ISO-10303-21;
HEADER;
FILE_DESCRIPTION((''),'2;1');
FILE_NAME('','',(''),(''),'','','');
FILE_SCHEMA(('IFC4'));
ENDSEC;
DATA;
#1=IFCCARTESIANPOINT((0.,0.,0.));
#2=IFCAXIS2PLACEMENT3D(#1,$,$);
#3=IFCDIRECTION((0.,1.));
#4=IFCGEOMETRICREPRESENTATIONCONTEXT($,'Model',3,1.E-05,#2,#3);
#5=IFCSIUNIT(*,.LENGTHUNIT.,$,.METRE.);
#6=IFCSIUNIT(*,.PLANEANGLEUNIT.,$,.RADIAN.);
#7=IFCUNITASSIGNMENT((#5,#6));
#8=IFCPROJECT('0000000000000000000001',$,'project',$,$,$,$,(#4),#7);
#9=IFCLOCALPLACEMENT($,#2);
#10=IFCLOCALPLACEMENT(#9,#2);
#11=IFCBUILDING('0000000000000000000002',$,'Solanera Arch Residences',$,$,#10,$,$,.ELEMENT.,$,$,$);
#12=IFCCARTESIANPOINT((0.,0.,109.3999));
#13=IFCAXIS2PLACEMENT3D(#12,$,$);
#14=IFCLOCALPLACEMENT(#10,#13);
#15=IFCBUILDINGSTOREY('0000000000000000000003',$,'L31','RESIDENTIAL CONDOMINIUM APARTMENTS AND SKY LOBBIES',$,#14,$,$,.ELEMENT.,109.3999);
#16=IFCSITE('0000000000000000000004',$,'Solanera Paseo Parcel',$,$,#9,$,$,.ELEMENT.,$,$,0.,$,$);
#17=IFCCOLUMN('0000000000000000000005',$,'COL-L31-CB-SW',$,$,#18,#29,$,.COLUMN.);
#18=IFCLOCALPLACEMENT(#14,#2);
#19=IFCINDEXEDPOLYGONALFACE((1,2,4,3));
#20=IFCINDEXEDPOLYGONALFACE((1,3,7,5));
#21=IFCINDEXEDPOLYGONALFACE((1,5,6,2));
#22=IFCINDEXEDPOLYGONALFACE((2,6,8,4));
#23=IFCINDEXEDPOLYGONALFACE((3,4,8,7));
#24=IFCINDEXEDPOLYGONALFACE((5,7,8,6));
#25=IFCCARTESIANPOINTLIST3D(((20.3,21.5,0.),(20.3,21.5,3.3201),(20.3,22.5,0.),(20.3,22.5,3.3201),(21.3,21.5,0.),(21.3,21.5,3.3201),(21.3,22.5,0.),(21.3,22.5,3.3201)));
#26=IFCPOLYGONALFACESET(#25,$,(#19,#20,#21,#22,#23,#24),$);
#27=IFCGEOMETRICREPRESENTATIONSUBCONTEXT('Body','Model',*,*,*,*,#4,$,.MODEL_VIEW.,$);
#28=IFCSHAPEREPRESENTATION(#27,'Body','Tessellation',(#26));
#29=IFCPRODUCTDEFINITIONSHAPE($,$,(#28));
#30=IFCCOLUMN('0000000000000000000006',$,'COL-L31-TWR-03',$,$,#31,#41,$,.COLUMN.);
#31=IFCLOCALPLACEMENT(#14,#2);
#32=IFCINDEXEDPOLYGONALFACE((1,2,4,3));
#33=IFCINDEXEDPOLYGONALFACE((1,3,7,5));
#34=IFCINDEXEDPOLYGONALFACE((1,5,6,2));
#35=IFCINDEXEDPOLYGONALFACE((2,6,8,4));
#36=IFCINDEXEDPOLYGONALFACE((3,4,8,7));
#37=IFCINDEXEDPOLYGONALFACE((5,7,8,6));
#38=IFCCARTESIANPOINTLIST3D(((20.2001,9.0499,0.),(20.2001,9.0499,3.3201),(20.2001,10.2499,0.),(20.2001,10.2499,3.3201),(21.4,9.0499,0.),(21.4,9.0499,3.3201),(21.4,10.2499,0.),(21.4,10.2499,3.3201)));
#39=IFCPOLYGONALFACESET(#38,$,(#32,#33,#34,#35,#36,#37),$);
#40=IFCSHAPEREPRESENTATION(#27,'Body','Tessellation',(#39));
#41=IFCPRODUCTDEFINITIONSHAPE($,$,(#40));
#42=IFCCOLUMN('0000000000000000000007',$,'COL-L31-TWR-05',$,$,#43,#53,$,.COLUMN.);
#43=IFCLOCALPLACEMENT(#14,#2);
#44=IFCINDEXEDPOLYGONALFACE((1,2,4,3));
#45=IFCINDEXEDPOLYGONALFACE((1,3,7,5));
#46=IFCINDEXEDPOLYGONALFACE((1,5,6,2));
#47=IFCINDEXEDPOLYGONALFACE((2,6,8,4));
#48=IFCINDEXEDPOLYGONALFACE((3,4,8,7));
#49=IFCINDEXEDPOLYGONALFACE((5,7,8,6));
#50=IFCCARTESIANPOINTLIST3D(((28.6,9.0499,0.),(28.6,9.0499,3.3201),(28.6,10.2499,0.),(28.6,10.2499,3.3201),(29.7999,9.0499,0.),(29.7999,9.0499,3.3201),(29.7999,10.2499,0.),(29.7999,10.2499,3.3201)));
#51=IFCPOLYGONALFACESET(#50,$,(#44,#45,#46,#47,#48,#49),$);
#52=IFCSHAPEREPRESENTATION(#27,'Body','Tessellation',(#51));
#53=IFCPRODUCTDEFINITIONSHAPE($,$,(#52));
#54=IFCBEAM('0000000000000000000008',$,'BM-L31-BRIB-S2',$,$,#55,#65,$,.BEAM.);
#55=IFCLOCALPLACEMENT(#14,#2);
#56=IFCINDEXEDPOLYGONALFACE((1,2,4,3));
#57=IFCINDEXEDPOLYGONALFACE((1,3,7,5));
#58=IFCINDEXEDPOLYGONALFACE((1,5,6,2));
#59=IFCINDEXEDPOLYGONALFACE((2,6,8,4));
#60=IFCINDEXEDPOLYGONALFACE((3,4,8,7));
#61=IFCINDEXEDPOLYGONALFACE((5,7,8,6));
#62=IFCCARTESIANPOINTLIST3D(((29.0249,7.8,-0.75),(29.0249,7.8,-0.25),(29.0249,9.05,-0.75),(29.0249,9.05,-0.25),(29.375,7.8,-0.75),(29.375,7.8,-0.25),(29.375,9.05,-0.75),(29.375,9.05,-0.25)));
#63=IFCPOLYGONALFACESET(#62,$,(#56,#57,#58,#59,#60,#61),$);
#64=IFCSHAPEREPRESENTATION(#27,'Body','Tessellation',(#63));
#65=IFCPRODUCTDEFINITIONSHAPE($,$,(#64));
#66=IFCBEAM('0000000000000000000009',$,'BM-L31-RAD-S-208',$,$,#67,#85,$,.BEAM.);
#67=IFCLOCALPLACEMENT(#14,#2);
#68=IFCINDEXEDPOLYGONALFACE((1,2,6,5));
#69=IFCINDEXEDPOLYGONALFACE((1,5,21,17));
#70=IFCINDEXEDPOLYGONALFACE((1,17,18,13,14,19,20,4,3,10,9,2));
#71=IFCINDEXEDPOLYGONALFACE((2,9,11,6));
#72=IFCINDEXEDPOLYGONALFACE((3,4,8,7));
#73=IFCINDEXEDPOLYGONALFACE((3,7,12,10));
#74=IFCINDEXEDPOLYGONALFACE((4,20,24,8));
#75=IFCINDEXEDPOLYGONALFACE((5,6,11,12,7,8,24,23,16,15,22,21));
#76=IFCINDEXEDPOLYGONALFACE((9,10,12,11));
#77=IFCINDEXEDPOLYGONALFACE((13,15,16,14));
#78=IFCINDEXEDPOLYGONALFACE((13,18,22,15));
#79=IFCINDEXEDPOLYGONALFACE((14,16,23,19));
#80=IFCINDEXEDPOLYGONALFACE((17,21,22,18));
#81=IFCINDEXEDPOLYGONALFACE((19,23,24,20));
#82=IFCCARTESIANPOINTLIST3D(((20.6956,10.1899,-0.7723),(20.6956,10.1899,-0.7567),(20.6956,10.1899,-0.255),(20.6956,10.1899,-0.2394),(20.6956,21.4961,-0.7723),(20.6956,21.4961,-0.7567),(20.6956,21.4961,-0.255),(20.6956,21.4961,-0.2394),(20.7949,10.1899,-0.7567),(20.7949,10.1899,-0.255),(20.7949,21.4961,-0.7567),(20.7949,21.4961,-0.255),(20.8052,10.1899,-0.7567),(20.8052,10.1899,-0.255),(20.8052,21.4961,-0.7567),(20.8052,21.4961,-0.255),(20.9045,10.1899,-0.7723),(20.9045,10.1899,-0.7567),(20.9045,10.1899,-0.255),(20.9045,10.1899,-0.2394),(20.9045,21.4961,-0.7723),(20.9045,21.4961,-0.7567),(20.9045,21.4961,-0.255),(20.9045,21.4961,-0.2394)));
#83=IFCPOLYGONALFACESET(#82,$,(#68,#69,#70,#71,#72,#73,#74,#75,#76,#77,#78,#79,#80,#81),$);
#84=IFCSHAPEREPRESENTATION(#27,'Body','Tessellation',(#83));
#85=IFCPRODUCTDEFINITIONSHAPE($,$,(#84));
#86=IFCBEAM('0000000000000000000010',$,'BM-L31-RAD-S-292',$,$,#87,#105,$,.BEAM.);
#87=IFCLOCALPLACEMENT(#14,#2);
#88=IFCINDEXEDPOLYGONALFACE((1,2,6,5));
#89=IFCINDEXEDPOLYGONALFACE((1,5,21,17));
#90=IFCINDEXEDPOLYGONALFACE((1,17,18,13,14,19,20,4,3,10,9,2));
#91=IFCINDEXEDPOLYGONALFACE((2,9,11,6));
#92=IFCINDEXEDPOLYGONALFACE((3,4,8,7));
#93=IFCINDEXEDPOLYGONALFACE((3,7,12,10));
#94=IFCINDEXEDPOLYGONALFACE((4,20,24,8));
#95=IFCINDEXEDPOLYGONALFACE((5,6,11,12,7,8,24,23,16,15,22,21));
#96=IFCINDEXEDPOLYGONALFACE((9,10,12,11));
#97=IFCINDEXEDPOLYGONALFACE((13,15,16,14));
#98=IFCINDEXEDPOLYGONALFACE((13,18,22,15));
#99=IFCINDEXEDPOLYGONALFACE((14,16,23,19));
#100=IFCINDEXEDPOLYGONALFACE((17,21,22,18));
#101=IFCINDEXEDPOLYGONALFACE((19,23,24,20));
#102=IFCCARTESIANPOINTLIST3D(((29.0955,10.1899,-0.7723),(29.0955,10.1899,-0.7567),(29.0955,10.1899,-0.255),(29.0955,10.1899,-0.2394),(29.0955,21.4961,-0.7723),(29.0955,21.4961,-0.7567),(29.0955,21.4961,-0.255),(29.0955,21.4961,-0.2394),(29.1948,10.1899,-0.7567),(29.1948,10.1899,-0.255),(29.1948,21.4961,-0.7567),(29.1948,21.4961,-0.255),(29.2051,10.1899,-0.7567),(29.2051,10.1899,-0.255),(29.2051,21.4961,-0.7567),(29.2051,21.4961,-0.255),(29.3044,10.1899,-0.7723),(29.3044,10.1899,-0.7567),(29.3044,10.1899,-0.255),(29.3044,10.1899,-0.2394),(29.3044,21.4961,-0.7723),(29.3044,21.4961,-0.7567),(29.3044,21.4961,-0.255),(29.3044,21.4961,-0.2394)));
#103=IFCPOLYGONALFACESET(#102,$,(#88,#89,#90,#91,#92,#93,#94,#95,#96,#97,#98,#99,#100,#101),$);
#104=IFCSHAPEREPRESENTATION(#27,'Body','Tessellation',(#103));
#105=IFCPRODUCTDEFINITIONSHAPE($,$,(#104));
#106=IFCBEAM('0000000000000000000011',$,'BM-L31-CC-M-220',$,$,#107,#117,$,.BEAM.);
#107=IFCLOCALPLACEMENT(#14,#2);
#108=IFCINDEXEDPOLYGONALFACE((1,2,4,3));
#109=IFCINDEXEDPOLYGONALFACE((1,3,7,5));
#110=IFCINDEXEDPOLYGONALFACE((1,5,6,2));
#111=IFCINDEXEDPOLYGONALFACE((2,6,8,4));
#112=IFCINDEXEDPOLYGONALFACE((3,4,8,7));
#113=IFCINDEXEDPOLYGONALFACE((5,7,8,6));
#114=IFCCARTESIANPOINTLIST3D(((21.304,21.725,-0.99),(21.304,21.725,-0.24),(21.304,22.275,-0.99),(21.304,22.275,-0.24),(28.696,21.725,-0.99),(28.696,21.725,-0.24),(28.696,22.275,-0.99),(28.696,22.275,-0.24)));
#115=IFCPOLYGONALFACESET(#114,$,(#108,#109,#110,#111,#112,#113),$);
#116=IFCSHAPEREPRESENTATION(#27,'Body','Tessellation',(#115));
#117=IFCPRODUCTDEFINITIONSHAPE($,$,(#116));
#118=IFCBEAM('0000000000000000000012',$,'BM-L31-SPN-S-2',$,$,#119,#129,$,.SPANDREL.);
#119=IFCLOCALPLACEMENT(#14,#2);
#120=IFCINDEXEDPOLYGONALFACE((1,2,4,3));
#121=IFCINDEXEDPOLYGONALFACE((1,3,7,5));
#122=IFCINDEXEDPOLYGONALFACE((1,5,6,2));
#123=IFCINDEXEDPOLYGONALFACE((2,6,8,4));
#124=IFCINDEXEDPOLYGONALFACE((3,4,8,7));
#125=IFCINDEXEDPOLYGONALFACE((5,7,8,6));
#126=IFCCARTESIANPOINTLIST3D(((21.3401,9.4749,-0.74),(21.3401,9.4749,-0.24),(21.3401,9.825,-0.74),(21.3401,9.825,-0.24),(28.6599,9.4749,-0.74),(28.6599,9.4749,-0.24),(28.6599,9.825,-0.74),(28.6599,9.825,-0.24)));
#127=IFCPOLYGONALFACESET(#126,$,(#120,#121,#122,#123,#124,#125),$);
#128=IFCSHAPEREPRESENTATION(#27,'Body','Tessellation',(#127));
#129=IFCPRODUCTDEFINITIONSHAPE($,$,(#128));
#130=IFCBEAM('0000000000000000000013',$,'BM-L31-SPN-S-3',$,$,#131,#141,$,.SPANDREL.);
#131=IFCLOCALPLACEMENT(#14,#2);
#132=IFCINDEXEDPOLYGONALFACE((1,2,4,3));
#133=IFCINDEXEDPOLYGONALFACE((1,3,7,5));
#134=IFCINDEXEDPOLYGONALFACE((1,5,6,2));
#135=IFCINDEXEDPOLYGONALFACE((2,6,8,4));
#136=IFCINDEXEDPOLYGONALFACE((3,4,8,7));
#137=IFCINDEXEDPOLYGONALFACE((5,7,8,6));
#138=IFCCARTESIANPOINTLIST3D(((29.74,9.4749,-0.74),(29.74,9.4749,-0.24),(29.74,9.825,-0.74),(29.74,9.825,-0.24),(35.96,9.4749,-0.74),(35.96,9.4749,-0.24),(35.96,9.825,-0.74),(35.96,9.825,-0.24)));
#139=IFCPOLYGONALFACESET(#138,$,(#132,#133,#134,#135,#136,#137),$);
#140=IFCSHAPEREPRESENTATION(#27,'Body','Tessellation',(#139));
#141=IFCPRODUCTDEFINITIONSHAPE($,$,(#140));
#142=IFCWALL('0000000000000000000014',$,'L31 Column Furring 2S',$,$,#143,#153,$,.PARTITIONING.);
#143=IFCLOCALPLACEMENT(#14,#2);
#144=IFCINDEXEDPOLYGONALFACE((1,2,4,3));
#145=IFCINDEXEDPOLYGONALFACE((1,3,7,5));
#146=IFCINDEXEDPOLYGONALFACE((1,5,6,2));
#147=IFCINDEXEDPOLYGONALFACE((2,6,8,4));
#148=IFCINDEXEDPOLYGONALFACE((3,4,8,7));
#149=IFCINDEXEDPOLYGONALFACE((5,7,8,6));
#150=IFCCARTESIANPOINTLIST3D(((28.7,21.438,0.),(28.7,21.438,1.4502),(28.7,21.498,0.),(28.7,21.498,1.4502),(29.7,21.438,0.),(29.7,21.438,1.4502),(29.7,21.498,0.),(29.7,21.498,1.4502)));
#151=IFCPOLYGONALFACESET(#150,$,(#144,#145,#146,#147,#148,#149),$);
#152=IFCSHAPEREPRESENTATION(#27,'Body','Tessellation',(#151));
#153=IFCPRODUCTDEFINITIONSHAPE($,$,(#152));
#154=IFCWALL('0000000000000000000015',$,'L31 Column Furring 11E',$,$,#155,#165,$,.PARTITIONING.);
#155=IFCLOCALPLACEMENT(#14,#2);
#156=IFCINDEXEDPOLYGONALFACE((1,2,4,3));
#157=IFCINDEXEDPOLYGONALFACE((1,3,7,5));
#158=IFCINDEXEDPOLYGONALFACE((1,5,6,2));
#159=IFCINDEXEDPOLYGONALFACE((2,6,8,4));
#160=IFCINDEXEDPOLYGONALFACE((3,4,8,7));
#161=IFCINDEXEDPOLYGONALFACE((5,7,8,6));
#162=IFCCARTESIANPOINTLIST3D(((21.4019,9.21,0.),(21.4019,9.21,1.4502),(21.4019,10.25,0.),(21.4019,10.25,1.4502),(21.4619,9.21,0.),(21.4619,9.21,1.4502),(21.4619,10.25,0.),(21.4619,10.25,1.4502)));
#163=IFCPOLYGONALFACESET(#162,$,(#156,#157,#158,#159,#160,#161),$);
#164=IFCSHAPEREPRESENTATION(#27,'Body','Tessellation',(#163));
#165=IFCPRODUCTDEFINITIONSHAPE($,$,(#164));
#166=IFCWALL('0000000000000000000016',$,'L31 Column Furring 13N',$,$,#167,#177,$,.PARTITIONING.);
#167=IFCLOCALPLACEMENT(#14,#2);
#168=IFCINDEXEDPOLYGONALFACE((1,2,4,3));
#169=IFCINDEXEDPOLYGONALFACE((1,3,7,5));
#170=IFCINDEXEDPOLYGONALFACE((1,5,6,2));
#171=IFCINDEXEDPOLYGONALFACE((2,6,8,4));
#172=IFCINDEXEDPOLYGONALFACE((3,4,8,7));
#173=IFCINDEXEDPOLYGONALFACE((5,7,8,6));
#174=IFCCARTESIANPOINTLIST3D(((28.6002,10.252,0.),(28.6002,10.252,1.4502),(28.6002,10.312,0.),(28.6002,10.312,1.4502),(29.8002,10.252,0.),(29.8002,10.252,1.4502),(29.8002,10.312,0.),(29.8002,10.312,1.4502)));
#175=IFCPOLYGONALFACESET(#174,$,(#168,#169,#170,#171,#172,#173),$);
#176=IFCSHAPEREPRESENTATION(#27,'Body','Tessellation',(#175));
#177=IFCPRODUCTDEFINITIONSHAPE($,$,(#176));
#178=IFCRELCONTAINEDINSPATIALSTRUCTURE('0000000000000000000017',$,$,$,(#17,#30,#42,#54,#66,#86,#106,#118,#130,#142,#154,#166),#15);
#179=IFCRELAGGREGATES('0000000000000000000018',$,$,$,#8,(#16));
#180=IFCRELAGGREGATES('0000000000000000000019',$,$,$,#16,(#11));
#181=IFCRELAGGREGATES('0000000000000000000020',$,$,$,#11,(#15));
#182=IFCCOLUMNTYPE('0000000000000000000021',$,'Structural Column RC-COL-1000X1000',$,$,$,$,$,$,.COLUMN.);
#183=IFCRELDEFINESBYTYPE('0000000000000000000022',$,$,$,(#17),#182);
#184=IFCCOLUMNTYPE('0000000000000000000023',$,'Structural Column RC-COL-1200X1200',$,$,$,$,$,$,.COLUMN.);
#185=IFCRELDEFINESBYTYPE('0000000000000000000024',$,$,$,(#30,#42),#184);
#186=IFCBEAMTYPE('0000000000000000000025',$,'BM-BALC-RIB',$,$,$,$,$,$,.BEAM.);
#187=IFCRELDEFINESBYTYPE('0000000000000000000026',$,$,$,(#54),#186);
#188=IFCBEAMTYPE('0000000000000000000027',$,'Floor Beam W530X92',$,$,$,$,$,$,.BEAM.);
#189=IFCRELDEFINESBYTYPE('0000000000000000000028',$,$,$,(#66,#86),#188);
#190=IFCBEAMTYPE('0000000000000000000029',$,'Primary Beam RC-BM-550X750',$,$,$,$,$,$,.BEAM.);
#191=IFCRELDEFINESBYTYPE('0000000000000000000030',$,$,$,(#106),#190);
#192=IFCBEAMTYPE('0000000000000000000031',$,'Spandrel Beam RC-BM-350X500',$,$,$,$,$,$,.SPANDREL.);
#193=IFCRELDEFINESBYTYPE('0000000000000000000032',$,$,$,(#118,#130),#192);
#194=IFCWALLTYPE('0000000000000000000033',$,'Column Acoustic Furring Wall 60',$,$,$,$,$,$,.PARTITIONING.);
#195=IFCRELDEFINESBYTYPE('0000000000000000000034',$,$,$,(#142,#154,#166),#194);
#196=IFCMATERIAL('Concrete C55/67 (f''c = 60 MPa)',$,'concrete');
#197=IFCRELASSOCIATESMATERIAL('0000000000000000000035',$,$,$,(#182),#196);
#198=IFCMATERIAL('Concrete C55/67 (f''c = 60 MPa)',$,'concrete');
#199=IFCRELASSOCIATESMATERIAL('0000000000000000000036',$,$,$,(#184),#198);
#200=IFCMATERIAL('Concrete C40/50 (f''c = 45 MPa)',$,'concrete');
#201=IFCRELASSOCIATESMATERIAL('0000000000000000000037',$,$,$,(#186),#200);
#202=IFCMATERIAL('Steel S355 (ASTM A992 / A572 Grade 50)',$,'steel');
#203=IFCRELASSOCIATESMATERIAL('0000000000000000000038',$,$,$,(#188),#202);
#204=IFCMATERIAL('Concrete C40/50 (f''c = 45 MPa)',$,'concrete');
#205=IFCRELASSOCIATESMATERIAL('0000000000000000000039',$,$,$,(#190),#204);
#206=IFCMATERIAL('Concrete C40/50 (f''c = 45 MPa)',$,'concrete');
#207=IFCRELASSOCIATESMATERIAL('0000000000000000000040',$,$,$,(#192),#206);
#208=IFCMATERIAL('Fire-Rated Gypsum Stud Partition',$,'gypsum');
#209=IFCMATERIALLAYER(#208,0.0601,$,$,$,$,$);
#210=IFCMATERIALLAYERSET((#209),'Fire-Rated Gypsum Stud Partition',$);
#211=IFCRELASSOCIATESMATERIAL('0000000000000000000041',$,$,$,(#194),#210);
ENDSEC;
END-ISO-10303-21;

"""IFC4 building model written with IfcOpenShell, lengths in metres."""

from ifc_helpers import new_model, si_unit, direction, frame, frame_2d, origin, origin_2d, place, context, subcontext, project, spatial, rectangle, i_section, extrude, material, layer, layer_set, material_profile, profile_set, type_object, element, save


model = new_model("IFC4")

# Units and contexts
model_context = context("Model", 3, precision=1e-05, world=origin(), true_north=direction((0.0, 1.0)))
body_context = subcontext(model_context, "Body", "Model", "MODEL_VIEW")
ifc_project = project(units=[si_unit("LENGTHUNIT", "METRE"), si_unit("PLANEANGLEUNIT", "RADIAN")], contexts=[model_context])

# Site, building, storey
site_placement = place(None, origin())
site = spatial("IfcSite", under=ifc_project, at=site_placement, Name="Solanera Paseo Parcel", CompositionType="ELEMENT", RefElevation=0.0)
building_placement = place(site_placement, origin())
building = spatial("IfcBuilding", under=site, at=building_placement, Name="Solanera Arch Residences", CompositionType="ELEMENT")
storey_placement = place(building_placement, frame((0.0, 0.0, 109.3999)))
storey = spatial("IfcBuildingStorey", under=building, at=storey_placement, Name="L31", Description="RESIDENTIAL CONDOMINIUM APARTMENTS AND SKY LOBBIES", CompositionType="ELEMENT", Elevation=109.3999)

# Columns
ifc_material_1 = material(Name="Concrete C55/67 (f'c = 60 MPa)", Category="concrete")
ifc_material_profile_1 = material_profile(ifc_material_1, rectangle(XDim=1.0, YDim=1.0, at=origin_2d()))
ifc_profile_set_1 = profile_set([ifc_material_profile_1], Name="Concrete C55/67 (f'c = 60 MPa)")
column_type_1 = type_object("IfcColumnType", Name="Structural Column RC-COL-1000X1000", PredefinedType="COLUMN", material=ifc_profile_set_1)
column_placement = place(storey_placement, frame((20.8, 22.0, 0.0), z_axis=(0.0, 0.0, 1.0), x_axis=(1.0, 0.0, 0.0)))
element("IfcColumn", 1, at=column_placement, inside=storey, type_object=column_type_1, Name="COL-L31-CB-SW", PredefinedType="COLUMN", context=body_context, shape_type="SweptSolid", body=[
    extrude(rectangle(XDim=1.0, YDim=1.0, at=origin_2d()), origin(), (0.0, 0.0, 1.0), 3.3201),
])
ifc_material_2 = material(Name="Concrete C55/67 (f'c = 60 MPa)", Category="concrete")
ifc_material_profile_2 = material_profile(ifc_material_2, rectangle(XDim=1.2, YDim=1.2, at=origin_2d()))
ifc_profile_set_2 = profile_set([ifc_material_profile_2], Name="Concrete C55/67 (f'c = 60 MPa)")
column_type_2 = type_object("IfcColumnType", Name="Structural Column RC-COL-1200X1200", PredefinedType="COLUMN", material=ifc_profile_set_2)
for number, where, z_axis, x_axis, name in (
    (2, (20.8, 9.6499, 0.0), (0.0, 0.0, 1.0), (1.0, 0.0, 0.0), "COL-L31-TWR-03"),
    (3, (29.2, 9.6499, 0.0), (0.0, 0.0, 1.0), (1.0, 0.0, 0.0), "COL-L31-TWR-05"),
):
    element("IfcColumn", number, at=place(storey_placement, frame(where, z_axis=z_axis, x_axis=x_axis)), inside=storey, type_object=column_type_2, Name=name, PredefinedType="COLUMN", context=body_context, shape_type="SweptSolid", body=[
        extrude(rectangle(XDim=1.2, YDim=1.2, at=origin_2d()), origin(), (0.0, 0.0, 1.0), 3.3201),
    ])

# Beams
ifc_material_3 = material(Name="Concrete C40/50 (f'c = 45 MPa)", Category="concrete")
ifc_material_profile_3 = material_profile(ifc_material_3, rectangle(XDim=0.3501, YDim=0.5, at=origin_2d()))
ifc_profile_set_3 = profile_set([ifc_material_profile_3], Name="Concrete C40/50 (f'c = 45 MPa)")
beam_type_1 = type_object("IfcBeamType", Name="BM-BALC-RIB", PredefinedType="BEAM", material=ifc_profile_set_3)
beam_1_placement = place(storey_placement, frame((29.2, 7.8, -0.5), z_axis=(0.0, 1.0, 0.0), x_axis=(-1.0, 0.0, 0.0)))
element("IfcBeam", 4, at=beam_1_placement, inside=storey, type_object=beam_type_1, Name="BM-L31-BRIB-S2", PredefinedType="BEAM", context=body_context, shape_type="SweptSolid", body=[
    extrude(rectangle(XDim=0.3501, YDim=0.5, at=origin_2d()), origin(), (0.0, 0.0, 1.0), 1.25),
])
ifc_material_4 = material(Name="Steel S355 (ASTM A992 / A572 Grade 50)", Category="steel")
ifc_material_profile_4 = material_profile(ifc_material_4, i_section(OverallWidth=0.209, OverallDepth=0.533, WebThickness=0.0103, FlangeThickness=0.0156, at=origin_2d()))
ifc_profile_set_4 = profile_set([ifc_material_profile_4], Name="Steel S355 (ASTM A992 / A572 Grade 50)")
beam_type_2 = type_object("IfcBeamType", Name="Floor Beam W530X92", PredefinedType="BEAM", material=ifc_profile_set_4)
for number, where, z_axis, x_axis, name in (
    (5, (20.8, 10.1899, -0.5059), (0.0, 1.0, 0.0), (-1.0, 0.0, 0.0), "BM-L31-RAD-S-208"),
    (6, (29.2, 10.1899, -0.5059), (0.0, 1.0, 0.0), (-1.0, 0.0, 0.0), "BM-L31-RAD-S-292"),
):
    element("IfcBeam", number, at=place(storey_placement, frame(where, z_axis=z_axis, x_axis=x_axis)), inside=storey, type_object=beam_type_2, Name=name, PredefinedType="BEAM", context=body_context, shape_type="SweptSolid", body=[
        extrude(i_section(OverallWidth=0.209, OverallDepth=0.533, WebThickness=0.0103, FlangeThickness=0.0156, at=origin_2d()), origin(), (0.0, 0.0, 1.0), 11.3062),
    ])
ifc_material_5 = material(Name="Concrete C40/50 (f'c = 45 MPa)", Category="concrete")
ifc_material_profile_5 = material_profile(ifc_material_5, rectangle(XDim=0.55, YDim=0.75, at=origin_2d()))
ifc_profile_set_5 = profile_set([ifc_material_profile_5], Name="Concrete C40/50 (f'c = 45 MPa)")
beam_type_3 = type_object("IfcBeamType", Name="Primary Beam RC-BM-550X750", PredefinedType="BEAM", material=ifc_profile_set_5)
beam_2_placement = place(storey_placement, frame((21.304, 22.0, -0.615), z_axis=(1.0, 0.0, 0.0), x_axis=(0.0, 1.0, 0.0)))
element("IfcBeam", 7, at=beam_2_placement, inside=storey, type_object=beam_type_3, Name="BM-L31-CC-M-220", PredefinedType="BEAM", context=body_context, shape_type="SweptSolid", body=[
    extrude(rectangle(XDim=0.55, YDim=0.75, at=origin_2d()), origin(), (0.0, 0.0, 1.0), 7.3921),
])
ifc_material_6 = material(Name="Concrete C40/50 (f'c = 45 MPa)", Category="concrete")
ifc_material_profile_6 = material_profile(ifc_material_6, rectangle(XDim=0.3501, YDim=0.5, at=origin_2d()))
ifc_profile_set_6 = profile_set([ifc_material_profile_6], Name="Concrete C40/50 (f'c = 45 MPa)")
beam_type_4 = type_object("IfcBeamType", Name="Spandrel Beam RC-BM-350X500", PredefinedType="SPANDREL", material=ifc_profile_set_6)
beam_3_placement = place(storey_placement, frame((21.3401, 9.6499, -0.49), z_axis=(1.0, 0.0, 0.0), x_axis=(0.0, 1.0, 0.0)))
element("IfcBeam", 8, at=beam_3_placement, inside=storey, type_object=beam_type_4, Name="BM-L31-SPN-S-2", PredefinedType="SPANDREL", context=body_context, shape_type="SweptSolid", body=[
    extrude(rectangle(XDim=0.3501, YDim=0.5, at=origin_2d()), origin(), (0.0, 0.0, 1.0), 7.3198),
])
beam_4_placement = place(storey_placement, frame((29.74, 9.6499, -0.49), z_axis=(1.0, 0.0, 0.0), x_axis=(0.0, 1.0, 0.0)))
element("IfcBeam", 9, at=beam_4_placement, inside=storey, type_object=beam_type_4, Name="BM-L31-SPN-S-3", PredefinedType="SPANDREL", context=body_context, shape_type="SweptSolid", body=[
    extrude(rectangle(XDim=0.3501, YDim=0.5, at=origin_2d()), origin(), (0.0, 0.0, 1.0), 6.22),
])

# Walls
ifc_material_7 = material(Name="Fire-Rated Gypsum Stud Partition", Category="gypsum")
ifc_layer_1 = layer(ifc_material_7, 0.0601)
ifc_layer_set_1 = layer_set([ifc_layer_1], Name="Fire-Rated Gypsum Stud Partition")
wall_type_1 = type_object("IfcWallType", Name="Column Acoustic Furring Wall 60", PredefinedType="PARTITIONING", material=ifc_layer_set_1)
wall_1_placement = place(storey_placement, frame((28.7, 21.468, 0.0), z_axis=(0.0, 0.0, 1.0), x_axis=(1.0, 0.0, 0.0)))
element("IfcWall", 10, at=wall_1_placement, inside=storey, type_object=wall_type_1, Name="L31 Column Furring 2S", PredefinedType="PARTITIONING", context=body_context, shape_type="SweptSolid", body=[
    extrude(rectangle(XDim=1.0, YDim=0.0601, at=frame_2d((0.5, 0.0))), origin(), (0.0, 0.0, 1.0), 1.4502),
])
wall_2_placement = place(storey_placement, frame((21.4319, 9.21, 0.0), z_axis=(0.0, 0.0, 1.0), x_axis=(0.0, 1.0, 0.0)))
element("IfcWall", 11, at=wall_2_placement, inside=storey, type_object=wall_type_1, Name="L31 Column Furring 11E", PredefinedType="PARTITIONING", context=body_context, shape_type="SweptSolid", body=[
    extrude(rectangle(XDim=1.04, YDim=0.0601, at=frame_2d((0.52, 0.0))), origin(), (0.0, 0.0, 1.0), 1.4502),
])
wall_3_placement = place(storey_placement, frame((28.6001, 10.282, 0.0), z_axis=(0.0, 0.0, 1.0), x_axis=(1.0, 0.0, 0.0)))
element("IfcWall", 12, at=wall_3_placement, inside=storey, type_object=wall_type_1, Name="L31 Column Furring 13N", PredefinedType="PARTITIONING", context=body_context, shape_type="SweptSolid", body=[
    extrude(rectangle(XDim=1.2, YDim=0.0601, at=frame_2d((0.6001, 0.0))), origin(), (0.0, 0.0, 1.0), 1.4502),
])

save(model, "model.ifc")
